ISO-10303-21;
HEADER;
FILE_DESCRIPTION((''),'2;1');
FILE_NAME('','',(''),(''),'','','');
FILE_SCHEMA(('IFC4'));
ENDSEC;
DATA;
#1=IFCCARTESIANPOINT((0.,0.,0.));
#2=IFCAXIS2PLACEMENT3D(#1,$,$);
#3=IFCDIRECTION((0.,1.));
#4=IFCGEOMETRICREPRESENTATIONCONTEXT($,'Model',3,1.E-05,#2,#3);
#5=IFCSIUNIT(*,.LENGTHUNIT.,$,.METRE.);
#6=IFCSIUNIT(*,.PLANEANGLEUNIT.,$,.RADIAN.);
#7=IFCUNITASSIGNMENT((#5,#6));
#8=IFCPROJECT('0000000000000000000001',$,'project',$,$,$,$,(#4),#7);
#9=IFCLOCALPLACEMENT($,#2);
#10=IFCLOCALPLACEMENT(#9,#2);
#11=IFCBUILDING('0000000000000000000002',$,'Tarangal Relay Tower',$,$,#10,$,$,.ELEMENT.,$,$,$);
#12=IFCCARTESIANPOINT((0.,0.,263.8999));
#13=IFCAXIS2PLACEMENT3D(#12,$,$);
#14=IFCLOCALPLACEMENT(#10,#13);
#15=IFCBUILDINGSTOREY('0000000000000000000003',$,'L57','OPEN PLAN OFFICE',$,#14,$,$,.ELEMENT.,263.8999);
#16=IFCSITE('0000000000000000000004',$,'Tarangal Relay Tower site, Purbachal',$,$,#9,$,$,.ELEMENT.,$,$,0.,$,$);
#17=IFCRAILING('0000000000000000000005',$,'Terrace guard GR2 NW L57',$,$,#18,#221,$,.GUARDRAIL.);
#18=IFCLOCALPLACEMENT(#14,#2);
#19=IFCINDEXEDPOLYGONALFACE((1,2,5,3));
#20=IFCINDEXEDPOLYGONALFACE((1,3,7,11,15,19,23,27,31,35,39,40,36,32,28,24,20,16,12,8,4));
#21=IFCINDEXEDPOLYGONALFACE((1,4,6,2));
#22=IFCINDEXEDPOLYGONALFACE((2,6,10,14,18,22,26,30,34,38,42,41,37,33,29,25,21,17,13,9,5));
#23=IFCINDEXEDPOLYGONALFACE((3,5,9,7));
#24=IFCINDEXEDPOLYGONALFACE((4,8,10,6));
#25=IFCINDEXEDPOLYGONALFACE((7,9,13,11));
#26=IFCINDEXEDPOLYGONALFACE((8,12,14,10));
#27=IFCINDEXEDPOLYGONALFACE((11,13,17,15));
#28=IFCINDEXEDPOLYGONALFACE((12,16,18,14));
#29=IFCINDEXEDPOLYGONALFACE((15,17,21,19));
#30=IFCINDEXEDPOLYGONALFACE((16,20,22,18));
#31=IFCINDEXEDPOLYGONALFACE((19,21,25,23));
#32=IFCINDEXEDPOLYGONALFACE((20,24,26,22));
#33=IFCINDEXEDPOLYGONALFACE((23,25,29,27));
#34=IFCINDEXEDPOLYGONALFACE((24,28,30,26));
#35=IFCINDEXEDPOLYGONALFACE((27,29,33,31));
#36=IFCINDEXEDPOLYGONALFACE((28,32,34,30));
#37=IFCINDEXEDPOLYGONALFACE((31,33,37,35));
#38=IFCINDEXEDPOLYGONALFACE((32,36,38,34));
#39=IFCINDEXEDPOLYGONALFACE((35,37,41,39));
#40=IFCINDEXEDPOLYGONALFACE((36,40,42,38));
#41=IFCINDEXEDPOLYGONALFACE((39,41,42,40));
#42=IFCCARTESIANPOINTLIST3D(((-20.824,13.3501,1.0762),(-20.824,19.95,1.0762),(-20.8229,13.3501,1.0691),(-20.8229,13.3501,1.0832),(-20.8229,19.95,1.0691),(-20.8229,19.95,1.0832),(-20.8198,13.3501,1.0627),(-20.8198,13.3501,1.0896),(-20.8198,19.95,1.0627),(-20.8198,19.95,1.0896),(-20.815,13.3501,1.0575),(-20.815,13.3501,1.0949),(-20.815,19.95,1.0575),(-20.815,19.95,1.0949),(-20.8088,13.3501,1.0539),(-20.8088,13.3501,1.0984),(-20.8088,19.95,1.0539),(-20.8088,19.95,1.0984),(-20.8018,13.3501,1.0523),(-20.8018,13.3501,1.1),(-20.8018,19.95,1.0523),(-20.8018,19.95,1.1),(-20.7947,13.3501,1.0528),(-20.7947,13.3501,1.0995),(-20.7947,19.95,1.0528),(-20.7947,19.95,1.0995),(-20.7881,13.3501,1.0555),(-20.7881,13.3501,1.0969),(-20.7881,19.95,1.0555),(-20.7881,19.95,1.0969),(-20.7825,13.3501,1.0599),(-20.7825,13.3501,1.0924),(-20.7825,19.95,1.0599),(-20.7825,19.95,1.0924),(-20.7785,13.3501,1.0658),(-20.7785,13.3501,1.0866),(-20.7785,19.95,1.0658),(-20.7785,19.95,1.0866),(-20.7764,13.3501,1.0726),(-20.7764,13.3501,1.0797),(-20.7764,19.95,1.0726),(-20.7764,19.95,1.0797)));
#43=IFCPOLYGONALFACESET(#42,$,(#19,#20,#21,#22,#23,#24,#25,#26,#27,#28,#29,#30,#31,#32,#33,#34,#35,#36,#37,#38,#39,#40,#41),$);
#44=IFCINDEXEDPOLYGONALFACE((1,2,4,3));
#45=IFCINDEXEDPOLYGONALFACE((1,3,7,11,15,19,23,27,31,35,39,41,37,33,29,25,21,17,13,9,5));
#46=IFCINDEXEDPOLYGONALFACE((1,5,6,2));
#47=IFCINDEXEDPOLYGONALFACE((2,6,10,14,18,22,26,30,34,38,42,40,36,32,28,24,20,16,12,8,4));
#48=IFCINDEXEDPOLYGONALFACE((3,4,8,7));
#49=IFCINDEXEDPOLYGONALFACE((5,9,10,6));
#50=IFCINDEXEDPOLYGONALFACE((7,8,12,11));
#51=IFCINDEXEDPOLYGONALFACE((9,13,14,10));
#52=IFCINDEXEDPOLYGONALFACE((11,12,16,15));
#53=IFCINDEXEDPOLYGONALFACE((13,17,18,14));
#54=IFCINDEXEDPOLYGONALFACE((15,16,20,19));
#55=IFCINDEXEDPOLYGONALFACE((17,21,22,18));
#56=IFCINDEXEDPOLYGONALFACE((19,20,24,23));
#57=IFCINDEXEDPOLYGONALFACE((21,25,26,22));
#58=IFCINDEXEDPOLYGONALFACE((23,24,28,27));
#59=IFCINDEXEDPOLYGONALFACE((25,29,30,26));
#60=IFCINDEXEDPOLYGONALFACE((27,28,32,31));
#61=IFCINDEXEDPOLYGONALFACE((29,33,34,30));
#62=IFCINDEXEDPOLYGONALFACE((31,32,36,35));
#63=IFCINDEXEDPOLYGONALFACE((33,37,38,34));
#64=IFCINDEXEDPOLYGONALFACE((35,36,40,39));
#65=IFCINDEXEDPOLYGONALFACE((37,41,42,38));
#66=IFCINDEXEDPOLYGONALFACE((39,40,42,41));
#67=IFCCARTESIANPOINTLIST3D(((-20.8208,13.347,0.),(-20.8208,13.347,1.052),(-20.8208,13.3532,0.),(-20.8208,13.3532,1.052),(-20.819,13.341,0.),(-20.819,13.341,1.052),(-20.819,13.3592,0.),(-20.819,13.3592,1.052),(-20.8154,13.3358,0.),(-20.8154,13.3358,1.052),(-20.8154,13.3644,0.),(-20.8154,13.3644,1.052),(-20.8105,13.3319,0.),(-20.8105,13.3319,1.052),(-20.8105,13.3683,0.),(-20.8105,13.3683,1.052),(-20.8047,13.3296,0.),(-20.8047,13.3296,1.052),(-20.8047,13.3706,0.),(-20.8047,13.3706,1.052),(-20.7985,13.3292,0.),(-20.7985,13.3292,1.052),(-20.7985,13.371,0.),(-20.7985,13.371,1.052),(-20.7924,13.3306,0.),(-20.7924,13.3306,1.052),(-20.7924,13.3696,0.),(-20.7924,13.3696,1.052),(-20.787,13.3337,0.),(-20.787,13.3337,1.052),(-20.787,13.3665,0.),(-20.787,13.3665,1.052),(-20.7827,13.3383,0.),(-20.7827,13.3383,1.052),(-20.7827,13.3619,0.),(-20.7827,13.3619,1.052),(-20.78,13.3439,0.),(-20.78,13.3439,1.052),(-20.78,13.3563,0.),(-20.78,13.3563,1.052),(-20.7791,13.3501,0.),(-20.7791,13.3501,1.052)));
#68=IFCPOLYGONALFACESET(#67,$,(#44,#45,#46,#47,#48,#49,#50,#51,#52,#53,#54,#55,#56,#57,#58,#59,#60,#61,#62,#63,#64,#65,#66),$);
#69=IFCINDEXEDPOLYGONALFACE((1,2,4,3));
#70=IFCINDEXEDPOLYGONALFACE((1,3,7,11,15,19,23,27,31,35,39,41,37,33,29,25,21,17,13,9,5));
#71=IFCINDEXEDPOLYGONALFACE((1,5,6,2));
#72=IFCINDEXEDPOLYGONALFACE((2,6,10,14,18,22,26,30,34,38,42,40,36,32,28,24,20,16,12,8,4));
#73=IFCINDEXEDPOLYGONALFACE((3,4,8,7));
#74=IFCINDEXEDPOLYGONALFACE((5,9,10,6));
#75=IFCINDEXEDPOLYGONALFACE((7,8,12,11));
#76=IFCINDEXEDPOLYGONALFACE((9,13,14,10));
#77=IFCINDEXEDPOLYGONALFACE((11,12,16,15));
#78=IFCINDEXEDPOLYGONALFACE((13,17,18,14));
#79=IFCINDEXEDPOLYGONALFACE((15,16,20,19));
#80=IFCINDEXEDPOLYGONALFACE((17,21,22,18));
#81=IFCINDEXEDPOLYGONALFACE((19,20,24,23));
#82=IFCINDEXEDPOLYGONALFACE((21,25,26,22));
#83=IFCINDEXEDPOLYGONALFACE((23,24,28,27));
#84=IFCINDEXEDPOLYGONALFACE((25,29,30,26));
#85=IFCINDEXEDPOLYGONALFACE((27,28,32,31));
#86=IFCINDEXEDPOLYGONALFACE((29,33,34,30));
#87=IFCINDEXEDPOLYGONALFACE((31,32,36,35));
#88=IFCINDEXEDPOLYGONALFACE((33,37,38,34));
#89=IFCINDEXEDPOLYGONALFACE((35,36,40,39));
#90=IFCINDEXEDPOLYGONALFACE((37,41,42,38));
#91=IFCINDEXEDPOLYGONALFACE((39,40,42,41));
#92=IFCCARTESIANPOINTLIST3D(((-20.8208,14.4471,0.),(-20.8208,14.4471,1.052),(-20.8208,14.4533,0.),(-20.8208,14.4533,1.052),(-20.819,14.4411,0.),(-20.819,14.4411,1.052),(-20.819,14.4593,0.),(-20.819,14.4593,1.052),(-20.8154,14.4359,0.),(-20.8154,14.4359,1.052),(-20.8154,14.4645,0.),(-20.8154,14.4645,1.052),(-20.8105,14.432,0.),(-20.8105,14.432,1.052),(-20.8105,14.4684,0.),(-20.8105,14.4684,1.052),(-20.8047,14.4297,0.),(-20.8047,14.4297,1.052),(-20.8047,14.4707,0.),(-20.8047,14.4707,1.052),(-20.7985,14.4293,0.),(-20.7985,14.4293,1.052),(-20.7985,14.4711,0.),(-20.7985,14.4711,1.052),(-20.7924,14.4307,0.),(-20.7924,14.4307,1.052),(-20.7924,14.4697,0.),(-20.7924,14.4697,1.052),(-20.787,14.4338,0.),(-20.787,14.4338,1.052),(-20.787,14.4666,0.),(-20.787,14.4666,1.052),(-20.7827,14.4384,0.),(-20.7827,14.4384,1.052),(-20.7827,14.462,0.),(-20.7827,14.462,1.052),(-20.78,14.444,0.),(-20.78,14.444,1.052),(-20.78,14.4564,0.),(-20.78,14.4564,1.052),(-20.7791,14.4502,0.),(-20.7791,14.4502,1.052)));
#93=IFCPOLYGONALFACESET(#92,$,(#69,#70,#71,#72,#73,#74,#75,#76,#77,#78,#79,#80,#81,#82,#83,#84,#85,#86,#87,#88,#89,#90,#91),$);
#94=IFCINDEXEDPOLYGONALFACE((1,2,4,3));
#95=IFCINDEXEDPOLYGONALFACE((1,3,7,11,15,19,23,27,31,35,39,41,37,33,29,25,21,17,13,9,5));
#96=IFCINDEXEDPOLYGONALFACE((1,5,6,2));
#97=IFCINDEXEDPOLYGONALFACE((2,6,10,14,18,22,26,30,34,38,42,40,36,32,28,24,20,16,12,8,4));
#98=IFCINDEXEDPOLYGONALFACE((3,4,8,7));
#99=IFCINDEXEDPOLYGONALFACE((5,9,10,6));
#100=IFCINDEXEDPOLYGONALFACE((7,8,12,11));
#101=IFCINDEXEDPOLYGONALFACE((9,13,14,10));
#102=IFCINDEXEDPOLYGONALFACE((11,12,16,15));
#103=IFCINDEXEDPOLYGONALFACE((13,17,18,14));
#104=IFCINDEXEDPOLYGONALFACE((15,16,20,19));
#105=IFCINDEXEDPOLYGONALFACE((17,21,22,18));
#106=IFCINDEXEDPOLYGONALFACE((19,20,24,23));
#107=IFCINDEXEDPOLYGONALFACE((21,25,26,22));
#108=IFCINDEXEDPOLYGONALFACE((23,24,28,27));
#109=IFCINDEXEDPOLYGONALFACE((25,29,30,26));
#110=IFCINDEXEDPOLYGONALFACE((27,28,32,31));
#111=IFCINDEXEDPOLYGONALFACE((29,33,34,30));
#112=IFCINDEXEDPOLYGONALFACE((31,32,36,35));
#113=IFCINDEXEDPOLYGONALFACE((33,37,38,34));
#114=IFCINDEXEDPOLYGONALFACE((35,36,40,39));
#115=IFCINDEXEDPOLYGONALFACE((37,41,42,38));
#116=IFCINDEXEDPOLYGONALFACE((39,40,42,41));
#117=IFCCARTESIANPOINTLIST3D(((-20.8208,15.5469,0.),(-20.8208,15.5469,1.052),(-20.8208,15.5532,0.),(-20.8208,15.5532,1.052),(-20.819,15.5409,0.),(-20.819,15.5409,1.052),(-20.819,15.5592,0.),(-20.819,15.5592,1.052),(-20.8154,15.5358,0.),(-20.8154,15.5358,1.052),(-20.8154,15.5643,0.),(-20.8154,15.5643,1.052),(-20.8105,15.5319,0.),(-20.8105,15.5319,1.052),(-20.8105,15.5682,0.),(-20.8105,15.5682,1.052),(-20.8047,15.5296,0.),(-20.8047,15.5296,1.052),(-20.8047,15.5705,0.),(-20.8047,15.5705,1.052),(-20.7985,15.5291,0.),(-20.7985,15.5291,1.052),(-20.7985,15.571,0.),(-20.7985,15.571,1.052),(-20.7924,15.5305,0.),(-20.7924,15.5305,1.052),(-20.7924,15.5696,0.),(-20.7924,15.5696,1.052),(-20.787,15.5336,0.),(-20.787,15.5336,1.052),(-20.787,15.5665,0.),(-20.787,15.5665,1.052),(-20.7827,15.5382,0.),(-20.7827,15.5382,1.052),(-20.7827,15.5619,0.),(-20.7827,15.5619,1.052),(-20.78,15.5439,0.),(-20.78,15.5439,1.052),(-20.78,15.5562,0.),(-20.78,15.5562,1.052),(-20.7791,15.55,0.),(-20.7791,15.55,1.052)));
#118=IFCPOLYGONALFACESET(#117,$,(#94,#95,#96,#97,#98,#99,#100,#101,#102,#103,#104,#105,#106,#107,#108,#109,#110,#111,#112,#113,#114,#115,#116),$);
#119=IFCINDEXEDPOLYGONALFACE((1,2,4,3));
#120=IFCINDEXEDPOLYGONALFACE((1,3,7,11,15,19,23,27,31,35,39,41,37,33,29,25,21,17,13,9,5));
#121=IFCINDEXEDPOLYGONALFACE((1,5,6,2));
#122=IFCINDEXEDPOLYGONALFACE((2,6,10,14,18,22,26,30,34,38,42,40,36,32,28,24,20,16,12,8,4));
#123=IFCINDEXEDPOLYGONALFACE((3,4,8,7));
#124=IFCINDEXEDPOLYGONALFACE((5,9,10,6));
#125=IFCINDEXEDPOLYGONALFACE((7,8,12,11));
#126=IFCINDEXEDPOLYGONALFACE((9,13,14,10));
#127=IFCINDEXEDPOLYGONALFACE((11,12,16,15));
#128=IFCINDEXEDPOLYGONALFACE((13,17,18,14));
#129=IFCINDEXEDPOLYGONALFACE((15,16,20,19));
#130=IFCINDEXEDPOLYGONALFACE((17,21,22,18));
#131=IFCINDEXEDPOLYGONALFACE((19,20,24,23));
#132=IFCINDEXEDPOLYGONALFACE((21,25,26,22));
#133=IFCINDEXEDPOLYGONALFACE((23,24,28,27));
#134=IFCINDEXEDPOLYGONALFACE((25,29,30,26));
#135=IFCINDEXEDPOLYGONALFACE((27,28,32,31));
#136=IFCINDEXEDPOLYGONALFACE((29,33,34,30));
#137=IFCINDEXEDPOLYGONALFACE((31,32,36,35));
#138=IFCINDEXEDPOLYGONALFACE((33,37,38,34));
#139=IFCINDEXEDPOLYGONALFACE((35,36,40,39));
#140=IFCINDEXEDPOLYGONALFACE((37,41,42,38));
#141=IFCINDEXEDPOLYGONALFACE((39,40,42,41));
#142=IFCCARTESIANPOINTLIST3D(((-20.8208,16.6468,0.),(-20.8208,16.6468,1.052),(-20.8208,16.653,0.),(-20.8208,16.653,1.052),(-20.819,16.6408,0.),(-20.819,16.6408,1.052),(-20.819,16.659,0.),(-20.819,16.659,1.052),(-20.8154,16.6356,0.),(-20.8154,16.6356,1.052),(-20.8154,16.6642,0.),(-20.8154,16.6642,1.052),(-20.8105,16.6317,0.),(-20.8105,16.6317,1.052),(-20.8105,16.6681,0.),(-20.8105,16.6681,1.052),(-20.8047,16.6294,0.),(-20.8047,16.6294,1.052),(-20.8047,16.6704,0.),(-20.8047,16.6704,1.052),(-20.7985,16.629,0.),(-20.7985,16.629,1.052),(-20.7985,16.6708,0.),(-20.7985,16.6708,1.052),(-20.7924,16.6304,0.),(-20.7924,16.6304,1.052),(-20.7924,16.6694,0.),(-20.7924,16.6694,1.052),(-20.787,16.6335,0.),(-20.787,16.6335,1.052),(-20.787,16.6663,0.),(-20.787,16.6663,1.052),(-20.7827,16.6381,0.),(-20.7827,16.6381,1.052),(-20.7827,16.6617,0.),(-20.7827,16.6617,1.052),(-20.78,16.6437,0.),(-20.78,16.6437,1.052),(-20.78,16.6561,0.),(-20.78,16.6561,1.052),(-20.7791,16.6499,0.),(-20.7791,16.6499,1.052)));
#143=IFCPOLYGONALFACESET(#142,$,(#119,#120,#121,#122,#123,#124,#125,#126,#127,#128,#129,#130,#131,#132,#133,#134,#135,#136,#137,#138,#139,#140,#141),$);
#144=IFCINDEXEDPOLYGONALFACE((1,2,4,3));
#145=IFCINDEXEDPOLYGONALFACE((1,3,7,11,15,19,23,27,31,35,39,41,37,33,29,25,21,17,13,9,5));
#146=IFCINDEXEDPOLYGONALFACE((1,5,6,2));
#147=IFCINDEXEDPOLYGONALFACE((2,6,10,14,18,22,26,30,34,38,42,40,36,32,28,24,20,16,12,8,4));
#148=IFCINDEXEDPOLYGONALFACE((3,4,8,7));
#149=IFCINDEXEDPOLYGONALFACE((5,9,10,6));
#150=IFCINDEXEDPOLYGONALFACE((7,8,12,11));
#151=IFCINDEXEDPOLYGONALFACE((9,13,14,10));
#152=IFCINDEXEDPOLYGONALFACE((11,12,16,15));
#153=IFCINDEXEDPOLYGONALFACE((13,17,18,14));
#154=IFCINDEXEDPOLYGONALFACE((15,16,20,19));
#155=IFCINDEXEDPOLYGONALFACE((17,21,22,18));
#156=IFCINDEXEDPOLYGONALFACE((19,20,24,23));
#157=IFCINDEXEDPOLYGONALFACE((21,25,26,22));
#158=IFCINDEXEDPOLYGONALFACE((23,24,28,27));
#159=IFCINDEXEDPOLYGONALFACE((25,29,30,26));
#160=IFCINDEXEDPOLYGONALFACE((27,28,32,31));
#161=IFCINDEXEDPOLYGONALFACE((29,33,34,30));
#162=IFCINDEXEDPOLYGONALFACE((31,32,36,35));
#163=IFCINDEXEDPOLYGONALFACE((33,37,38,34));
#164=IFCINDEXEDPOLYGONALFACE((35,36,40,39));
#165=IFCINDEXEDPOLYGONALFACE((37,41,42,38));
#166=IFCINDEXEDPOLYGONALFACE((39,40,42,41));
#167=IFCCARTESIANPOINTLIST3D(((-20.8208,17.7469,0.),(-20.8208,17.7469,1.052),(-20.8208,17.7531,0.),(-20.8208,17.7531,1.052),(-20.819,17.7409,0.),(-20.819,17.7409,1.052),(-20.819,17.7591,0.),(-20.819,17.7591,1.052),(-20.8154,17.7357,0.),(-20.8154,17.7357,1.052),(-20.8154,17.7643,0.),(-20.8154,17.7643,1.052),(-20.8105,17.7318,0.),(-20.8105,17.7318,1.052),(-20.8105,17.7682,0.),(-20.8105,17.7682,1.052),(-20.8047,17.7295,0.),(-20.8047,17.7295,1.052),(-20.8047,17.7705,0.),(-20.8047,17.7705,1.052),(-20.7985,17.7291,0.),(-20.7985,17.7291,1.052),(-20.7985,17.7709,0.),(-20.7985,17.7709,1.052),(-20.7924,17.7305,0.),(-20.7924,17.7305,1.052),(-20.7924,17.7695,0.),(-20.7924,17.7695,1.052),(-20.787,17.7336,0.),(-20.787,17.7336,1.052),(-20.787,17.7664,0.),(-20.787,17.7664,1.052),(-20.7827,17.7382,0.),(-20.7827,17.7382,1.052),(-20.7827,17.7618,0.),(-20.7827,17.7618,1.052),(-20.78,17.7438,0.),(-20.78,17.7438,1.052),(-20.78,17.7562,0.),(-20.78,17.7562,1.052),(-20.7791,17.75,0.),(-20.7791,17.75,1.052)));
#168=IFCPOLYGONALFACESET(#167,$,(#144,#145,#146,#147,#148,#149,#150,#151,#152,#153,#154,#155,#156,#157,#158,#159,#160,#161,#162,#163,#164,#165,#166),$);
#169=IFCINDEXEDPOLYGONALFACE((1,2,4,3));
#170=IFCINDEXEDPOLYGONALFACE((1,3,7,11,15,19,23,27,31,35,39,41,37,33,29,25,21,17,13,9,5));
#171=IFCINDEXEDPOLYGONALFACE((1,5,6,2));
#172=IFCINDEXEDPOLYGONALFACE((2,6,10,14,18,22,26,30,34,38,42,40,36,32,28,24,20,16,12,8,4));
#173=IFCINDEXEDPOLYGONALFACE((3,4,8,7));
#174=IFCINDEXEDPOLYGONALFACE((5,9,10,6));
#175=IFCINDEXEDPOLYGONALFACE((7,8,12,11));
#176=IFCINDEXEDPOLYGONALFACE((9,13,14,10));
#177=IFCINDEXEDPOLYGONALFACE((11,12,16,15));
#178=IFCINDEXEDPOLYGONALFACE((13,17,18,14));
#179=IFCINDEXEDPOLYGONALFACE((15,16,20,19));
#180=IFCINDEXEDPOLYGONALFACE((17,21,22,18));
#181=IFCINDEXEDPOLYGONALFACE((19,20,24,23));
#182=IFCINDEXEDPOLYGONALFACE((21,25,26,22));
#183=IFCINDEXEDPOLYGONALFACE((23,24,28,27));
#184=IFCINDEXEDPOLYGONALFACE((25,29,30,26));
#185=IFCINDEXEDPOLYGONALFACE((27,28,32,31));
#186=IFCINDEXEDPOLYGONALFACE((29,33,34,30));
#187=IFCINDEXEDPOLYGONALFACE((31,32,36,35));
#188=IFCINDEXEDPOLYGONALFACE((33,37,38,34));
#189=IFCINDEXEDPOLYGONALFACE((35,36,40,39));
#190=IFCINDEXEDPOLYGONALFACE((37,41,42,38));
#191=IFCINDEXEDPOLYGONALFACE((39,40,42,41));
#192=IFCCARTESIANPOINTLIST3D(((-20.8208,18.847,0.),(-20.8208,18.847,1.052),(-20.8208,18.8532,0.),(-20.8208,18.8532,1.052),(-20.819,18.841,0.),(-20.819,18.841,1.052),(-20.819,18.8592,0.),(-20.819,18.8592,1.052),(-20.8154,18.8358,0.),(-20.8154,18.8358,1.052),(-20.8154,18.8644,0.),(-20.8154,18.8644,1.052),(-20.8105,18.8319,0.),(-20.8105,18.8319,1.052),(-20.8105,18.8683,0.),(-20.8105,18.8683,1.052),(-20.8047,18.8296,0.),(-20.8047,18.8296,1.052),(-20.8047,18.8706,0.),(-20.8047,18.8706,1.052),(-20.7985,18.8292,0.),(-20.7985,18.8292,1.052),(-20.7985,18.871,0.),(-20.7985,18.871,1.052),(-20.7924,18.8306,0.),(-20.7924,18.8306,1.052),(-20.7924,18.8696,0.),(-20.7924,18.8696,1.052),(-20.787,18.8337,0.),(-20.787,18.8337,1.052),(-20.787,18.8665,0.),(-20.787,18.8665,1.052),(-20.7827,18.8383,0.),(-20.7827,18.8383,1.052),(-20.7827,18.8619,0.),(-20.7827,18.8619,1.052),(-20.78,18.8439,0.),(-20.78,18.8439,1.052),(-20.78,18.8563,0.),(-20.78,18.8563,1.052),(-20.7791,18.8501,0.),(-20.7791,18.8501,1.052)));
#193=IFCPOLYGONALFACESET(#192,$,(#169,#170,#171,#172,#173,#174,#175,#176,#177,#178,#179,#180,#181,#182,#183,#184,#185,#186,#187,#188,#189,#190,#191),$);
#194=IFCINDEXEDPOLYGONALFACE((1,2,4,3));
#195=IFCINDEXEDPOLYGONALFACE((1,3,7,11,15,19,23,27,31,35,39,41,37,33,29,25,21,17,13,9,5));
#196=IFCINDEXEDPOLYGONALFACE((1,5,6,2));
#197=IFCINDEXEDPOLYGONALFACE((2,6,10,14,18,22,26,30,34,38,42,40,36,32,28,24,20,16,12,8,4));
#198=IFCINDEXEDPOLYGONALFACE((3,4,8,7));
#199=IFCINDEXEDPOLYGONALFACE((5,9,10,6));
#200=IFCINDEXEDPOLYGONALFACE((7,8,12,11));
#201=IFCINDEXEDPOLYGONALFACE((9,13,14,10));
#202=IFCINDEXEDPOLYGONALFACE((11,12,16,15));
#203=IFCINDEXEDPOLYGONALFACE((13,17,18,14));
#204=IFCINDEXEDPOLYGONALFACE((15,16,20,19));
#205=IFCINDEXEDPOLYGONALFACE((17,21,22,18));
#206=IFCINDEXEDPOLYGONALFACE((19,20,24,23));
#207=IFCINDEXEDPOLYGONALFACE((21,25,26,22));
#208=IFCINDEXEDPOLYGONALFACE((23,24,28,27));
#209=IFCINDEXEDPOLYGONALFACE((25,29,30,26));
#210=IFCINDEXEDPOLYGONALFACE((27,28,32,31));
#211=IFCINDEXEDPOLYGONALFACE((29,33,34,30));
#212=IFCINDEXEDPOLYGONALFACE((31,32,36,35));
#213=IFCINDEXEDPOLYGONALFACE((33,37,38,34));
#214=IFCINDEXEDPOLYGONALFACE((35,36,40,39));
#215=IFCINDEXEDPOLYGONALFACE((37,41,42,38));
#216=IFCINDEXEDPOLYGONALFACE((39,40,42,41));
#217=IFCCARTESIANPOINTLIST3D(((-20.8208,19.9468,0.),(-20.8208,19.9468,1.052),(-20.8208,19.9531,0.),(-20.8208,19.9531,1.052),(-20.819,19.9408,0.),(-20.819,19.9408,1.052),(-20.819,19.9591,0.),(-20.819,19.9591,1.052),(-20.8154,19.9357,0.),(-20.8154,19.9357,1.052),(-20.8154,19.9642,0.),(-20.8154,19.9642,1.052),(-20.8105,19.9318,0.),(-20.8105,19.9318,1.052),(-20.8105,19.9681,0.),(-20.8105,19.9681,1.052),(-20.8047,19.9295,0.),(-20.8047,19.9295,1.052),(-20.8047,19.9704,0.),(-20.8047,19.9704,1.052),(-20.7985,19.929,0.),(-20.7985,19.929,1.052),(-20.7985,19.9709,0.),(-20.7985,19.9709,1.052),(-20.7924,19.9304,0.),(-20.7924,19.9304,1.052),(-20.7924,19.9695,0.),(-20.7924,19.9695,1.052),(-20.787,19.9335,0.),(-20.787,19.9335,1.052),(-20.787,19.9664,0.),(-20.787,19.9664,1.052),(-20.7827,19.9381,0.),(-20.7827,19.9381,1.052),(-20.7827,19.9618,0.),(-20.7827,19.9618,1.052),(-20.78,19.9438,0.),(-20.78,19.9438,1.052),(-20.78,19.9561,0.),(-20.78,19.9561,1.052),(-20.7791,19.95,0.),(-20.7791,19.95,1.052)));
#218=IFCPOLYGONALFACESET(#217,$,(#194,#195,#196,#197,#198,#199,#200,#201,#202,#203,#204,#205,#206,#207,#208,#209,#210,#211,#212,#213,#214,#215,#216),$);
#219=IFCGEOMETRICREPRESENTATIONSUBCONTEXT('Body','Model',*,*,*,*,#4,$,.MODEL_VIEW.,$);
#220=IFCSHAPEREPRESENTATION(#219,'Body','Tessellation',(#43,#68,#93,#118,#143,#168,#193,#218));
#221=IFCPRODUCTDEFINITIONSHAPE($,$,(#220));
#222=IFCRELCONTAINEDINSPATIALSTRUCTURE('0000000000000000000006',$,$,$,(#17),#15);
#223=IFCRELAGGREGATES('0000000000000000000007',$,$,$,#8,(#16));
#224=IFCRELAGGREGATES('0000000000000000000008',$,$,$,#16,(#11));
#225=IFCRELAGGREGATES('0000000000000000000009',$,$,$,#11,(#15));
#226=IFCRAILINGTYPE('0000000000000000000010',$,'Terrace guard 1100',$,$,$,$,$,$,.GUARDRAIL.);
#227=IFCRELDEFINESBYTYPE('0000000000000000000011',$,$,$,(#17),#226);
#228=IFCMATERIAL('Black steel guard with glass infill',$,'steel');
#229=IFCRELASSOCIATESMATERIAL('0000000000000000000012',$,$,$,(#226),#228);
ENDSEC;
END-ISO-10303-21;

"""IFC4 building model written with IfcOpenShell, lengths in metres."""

from ifc_helpers import new_model, si_unit, direction, frame, origin, origin_2d, place, context, subcontext, project, spatial, circle, extrude, material, type_object, element, save


model = new_model("IFC4")

# Units and contexts
model_context = context("Model", 3, precision=1e-05, world=origin(), true_north=direction((0.0, 1.0)))
body_context = subcontext(model_context, "Body", "Model", "MODEL_VIEW")
ifc_project = project(units=[si_unit("LENGTHUNIT", "METRE"), si_unit("PLANEANGLEUNIT", "RADIAN")], contexts=[model_context])

# Site, building, storey
site_placement = place(None, origin())
site = spatial("IfcSite", under=ifc_project, at=site_placement, Name="Tarangal Relay Tower site, Purbachal", CompositionType="ELEMENT", RefElevation=0.0)
building_placement = place(site_placement, origin())
building = spatial("IfcBuilding", under=site, at=building_placement, Name="Tarangal Relay Tower", CompositionType="ELEMENT")
storey_placement = place(building_placement, frame((0.0, 0.0, 263.8999)))
storey = spatial("IfcBuildingStorey", under=building, at=storey_placement, Name="L57", Description="OPEN PLAN OFFICE", CompositionType="ELEMENT", Elevation=263.8999)

# Railing
ifc_material_1 = material(Name="Black steel guard with glass infill", Category="steel")
railing_type = type_object("IfcRailingType", Name="Terrace guard 1100", PredefinedType="GUARDRAIL", material=ifc_material_1)
railing_1_placement = place(storey_placement, frame((-20.8, 13.3501, 0.0)))
element("IfcRailing", 1, at=railing_1_placement, inside=storey, type_object=railing_type, Name="Terrace guard GR2 NW L57", PredefinedType="GUARDRAIL", context=body_context, shape_type="SweptSolid", body=[
    extrude(circle(Radius=0.0239, at=origin_2d()), frame((0.0, 0.0, 1.0762), z_axis=(0.0, 1.0, 0.0), x_axis=(-1.0, 0.0, 0.0)), (0.0, 0.0, 1.0), 6.5999),
    extrude(circle(Radius=0.021, at=origin_2d()), origin(), (0.0, 0.0, 1.0), 1.052),
    extrude(circle(Radius=0.021, at=origin_2d()), frame((0.0, 1.1001, 0.0)), (0.0, 0.0, 1.0), 1.052),
    extrude(circle(Radius=0.021, at=origin_2d()), frame((0.0, 2.2, 0.0)), (0.0, 0.0, 1.0), 1.052),
    extrude(circle(Radius=0.021, at=origin_2d()), frame((0.0, 3.2998, 0.0)), (0.0, 0.0, 1.0), 1.052),
    extrude(circle(Radius=0.021, at=origin_2d()), frame((0.0, 4.3999, 0.0)), (0.0, 0.0, 1.0), 1.052),
    extrude(circle(Radius=0.021, at=origin_2d()), frame((0.0, 5.5, 0.0)), (0.0, 0.0, 1.0), 1.052),
    extrude(circle(Radius=0.021, at=origin_2d()), frame((0.0, 6.5999, 0.0)), (0.0, 0.0, 1.0), 1.052),
])

save(model, "model.ifc")
